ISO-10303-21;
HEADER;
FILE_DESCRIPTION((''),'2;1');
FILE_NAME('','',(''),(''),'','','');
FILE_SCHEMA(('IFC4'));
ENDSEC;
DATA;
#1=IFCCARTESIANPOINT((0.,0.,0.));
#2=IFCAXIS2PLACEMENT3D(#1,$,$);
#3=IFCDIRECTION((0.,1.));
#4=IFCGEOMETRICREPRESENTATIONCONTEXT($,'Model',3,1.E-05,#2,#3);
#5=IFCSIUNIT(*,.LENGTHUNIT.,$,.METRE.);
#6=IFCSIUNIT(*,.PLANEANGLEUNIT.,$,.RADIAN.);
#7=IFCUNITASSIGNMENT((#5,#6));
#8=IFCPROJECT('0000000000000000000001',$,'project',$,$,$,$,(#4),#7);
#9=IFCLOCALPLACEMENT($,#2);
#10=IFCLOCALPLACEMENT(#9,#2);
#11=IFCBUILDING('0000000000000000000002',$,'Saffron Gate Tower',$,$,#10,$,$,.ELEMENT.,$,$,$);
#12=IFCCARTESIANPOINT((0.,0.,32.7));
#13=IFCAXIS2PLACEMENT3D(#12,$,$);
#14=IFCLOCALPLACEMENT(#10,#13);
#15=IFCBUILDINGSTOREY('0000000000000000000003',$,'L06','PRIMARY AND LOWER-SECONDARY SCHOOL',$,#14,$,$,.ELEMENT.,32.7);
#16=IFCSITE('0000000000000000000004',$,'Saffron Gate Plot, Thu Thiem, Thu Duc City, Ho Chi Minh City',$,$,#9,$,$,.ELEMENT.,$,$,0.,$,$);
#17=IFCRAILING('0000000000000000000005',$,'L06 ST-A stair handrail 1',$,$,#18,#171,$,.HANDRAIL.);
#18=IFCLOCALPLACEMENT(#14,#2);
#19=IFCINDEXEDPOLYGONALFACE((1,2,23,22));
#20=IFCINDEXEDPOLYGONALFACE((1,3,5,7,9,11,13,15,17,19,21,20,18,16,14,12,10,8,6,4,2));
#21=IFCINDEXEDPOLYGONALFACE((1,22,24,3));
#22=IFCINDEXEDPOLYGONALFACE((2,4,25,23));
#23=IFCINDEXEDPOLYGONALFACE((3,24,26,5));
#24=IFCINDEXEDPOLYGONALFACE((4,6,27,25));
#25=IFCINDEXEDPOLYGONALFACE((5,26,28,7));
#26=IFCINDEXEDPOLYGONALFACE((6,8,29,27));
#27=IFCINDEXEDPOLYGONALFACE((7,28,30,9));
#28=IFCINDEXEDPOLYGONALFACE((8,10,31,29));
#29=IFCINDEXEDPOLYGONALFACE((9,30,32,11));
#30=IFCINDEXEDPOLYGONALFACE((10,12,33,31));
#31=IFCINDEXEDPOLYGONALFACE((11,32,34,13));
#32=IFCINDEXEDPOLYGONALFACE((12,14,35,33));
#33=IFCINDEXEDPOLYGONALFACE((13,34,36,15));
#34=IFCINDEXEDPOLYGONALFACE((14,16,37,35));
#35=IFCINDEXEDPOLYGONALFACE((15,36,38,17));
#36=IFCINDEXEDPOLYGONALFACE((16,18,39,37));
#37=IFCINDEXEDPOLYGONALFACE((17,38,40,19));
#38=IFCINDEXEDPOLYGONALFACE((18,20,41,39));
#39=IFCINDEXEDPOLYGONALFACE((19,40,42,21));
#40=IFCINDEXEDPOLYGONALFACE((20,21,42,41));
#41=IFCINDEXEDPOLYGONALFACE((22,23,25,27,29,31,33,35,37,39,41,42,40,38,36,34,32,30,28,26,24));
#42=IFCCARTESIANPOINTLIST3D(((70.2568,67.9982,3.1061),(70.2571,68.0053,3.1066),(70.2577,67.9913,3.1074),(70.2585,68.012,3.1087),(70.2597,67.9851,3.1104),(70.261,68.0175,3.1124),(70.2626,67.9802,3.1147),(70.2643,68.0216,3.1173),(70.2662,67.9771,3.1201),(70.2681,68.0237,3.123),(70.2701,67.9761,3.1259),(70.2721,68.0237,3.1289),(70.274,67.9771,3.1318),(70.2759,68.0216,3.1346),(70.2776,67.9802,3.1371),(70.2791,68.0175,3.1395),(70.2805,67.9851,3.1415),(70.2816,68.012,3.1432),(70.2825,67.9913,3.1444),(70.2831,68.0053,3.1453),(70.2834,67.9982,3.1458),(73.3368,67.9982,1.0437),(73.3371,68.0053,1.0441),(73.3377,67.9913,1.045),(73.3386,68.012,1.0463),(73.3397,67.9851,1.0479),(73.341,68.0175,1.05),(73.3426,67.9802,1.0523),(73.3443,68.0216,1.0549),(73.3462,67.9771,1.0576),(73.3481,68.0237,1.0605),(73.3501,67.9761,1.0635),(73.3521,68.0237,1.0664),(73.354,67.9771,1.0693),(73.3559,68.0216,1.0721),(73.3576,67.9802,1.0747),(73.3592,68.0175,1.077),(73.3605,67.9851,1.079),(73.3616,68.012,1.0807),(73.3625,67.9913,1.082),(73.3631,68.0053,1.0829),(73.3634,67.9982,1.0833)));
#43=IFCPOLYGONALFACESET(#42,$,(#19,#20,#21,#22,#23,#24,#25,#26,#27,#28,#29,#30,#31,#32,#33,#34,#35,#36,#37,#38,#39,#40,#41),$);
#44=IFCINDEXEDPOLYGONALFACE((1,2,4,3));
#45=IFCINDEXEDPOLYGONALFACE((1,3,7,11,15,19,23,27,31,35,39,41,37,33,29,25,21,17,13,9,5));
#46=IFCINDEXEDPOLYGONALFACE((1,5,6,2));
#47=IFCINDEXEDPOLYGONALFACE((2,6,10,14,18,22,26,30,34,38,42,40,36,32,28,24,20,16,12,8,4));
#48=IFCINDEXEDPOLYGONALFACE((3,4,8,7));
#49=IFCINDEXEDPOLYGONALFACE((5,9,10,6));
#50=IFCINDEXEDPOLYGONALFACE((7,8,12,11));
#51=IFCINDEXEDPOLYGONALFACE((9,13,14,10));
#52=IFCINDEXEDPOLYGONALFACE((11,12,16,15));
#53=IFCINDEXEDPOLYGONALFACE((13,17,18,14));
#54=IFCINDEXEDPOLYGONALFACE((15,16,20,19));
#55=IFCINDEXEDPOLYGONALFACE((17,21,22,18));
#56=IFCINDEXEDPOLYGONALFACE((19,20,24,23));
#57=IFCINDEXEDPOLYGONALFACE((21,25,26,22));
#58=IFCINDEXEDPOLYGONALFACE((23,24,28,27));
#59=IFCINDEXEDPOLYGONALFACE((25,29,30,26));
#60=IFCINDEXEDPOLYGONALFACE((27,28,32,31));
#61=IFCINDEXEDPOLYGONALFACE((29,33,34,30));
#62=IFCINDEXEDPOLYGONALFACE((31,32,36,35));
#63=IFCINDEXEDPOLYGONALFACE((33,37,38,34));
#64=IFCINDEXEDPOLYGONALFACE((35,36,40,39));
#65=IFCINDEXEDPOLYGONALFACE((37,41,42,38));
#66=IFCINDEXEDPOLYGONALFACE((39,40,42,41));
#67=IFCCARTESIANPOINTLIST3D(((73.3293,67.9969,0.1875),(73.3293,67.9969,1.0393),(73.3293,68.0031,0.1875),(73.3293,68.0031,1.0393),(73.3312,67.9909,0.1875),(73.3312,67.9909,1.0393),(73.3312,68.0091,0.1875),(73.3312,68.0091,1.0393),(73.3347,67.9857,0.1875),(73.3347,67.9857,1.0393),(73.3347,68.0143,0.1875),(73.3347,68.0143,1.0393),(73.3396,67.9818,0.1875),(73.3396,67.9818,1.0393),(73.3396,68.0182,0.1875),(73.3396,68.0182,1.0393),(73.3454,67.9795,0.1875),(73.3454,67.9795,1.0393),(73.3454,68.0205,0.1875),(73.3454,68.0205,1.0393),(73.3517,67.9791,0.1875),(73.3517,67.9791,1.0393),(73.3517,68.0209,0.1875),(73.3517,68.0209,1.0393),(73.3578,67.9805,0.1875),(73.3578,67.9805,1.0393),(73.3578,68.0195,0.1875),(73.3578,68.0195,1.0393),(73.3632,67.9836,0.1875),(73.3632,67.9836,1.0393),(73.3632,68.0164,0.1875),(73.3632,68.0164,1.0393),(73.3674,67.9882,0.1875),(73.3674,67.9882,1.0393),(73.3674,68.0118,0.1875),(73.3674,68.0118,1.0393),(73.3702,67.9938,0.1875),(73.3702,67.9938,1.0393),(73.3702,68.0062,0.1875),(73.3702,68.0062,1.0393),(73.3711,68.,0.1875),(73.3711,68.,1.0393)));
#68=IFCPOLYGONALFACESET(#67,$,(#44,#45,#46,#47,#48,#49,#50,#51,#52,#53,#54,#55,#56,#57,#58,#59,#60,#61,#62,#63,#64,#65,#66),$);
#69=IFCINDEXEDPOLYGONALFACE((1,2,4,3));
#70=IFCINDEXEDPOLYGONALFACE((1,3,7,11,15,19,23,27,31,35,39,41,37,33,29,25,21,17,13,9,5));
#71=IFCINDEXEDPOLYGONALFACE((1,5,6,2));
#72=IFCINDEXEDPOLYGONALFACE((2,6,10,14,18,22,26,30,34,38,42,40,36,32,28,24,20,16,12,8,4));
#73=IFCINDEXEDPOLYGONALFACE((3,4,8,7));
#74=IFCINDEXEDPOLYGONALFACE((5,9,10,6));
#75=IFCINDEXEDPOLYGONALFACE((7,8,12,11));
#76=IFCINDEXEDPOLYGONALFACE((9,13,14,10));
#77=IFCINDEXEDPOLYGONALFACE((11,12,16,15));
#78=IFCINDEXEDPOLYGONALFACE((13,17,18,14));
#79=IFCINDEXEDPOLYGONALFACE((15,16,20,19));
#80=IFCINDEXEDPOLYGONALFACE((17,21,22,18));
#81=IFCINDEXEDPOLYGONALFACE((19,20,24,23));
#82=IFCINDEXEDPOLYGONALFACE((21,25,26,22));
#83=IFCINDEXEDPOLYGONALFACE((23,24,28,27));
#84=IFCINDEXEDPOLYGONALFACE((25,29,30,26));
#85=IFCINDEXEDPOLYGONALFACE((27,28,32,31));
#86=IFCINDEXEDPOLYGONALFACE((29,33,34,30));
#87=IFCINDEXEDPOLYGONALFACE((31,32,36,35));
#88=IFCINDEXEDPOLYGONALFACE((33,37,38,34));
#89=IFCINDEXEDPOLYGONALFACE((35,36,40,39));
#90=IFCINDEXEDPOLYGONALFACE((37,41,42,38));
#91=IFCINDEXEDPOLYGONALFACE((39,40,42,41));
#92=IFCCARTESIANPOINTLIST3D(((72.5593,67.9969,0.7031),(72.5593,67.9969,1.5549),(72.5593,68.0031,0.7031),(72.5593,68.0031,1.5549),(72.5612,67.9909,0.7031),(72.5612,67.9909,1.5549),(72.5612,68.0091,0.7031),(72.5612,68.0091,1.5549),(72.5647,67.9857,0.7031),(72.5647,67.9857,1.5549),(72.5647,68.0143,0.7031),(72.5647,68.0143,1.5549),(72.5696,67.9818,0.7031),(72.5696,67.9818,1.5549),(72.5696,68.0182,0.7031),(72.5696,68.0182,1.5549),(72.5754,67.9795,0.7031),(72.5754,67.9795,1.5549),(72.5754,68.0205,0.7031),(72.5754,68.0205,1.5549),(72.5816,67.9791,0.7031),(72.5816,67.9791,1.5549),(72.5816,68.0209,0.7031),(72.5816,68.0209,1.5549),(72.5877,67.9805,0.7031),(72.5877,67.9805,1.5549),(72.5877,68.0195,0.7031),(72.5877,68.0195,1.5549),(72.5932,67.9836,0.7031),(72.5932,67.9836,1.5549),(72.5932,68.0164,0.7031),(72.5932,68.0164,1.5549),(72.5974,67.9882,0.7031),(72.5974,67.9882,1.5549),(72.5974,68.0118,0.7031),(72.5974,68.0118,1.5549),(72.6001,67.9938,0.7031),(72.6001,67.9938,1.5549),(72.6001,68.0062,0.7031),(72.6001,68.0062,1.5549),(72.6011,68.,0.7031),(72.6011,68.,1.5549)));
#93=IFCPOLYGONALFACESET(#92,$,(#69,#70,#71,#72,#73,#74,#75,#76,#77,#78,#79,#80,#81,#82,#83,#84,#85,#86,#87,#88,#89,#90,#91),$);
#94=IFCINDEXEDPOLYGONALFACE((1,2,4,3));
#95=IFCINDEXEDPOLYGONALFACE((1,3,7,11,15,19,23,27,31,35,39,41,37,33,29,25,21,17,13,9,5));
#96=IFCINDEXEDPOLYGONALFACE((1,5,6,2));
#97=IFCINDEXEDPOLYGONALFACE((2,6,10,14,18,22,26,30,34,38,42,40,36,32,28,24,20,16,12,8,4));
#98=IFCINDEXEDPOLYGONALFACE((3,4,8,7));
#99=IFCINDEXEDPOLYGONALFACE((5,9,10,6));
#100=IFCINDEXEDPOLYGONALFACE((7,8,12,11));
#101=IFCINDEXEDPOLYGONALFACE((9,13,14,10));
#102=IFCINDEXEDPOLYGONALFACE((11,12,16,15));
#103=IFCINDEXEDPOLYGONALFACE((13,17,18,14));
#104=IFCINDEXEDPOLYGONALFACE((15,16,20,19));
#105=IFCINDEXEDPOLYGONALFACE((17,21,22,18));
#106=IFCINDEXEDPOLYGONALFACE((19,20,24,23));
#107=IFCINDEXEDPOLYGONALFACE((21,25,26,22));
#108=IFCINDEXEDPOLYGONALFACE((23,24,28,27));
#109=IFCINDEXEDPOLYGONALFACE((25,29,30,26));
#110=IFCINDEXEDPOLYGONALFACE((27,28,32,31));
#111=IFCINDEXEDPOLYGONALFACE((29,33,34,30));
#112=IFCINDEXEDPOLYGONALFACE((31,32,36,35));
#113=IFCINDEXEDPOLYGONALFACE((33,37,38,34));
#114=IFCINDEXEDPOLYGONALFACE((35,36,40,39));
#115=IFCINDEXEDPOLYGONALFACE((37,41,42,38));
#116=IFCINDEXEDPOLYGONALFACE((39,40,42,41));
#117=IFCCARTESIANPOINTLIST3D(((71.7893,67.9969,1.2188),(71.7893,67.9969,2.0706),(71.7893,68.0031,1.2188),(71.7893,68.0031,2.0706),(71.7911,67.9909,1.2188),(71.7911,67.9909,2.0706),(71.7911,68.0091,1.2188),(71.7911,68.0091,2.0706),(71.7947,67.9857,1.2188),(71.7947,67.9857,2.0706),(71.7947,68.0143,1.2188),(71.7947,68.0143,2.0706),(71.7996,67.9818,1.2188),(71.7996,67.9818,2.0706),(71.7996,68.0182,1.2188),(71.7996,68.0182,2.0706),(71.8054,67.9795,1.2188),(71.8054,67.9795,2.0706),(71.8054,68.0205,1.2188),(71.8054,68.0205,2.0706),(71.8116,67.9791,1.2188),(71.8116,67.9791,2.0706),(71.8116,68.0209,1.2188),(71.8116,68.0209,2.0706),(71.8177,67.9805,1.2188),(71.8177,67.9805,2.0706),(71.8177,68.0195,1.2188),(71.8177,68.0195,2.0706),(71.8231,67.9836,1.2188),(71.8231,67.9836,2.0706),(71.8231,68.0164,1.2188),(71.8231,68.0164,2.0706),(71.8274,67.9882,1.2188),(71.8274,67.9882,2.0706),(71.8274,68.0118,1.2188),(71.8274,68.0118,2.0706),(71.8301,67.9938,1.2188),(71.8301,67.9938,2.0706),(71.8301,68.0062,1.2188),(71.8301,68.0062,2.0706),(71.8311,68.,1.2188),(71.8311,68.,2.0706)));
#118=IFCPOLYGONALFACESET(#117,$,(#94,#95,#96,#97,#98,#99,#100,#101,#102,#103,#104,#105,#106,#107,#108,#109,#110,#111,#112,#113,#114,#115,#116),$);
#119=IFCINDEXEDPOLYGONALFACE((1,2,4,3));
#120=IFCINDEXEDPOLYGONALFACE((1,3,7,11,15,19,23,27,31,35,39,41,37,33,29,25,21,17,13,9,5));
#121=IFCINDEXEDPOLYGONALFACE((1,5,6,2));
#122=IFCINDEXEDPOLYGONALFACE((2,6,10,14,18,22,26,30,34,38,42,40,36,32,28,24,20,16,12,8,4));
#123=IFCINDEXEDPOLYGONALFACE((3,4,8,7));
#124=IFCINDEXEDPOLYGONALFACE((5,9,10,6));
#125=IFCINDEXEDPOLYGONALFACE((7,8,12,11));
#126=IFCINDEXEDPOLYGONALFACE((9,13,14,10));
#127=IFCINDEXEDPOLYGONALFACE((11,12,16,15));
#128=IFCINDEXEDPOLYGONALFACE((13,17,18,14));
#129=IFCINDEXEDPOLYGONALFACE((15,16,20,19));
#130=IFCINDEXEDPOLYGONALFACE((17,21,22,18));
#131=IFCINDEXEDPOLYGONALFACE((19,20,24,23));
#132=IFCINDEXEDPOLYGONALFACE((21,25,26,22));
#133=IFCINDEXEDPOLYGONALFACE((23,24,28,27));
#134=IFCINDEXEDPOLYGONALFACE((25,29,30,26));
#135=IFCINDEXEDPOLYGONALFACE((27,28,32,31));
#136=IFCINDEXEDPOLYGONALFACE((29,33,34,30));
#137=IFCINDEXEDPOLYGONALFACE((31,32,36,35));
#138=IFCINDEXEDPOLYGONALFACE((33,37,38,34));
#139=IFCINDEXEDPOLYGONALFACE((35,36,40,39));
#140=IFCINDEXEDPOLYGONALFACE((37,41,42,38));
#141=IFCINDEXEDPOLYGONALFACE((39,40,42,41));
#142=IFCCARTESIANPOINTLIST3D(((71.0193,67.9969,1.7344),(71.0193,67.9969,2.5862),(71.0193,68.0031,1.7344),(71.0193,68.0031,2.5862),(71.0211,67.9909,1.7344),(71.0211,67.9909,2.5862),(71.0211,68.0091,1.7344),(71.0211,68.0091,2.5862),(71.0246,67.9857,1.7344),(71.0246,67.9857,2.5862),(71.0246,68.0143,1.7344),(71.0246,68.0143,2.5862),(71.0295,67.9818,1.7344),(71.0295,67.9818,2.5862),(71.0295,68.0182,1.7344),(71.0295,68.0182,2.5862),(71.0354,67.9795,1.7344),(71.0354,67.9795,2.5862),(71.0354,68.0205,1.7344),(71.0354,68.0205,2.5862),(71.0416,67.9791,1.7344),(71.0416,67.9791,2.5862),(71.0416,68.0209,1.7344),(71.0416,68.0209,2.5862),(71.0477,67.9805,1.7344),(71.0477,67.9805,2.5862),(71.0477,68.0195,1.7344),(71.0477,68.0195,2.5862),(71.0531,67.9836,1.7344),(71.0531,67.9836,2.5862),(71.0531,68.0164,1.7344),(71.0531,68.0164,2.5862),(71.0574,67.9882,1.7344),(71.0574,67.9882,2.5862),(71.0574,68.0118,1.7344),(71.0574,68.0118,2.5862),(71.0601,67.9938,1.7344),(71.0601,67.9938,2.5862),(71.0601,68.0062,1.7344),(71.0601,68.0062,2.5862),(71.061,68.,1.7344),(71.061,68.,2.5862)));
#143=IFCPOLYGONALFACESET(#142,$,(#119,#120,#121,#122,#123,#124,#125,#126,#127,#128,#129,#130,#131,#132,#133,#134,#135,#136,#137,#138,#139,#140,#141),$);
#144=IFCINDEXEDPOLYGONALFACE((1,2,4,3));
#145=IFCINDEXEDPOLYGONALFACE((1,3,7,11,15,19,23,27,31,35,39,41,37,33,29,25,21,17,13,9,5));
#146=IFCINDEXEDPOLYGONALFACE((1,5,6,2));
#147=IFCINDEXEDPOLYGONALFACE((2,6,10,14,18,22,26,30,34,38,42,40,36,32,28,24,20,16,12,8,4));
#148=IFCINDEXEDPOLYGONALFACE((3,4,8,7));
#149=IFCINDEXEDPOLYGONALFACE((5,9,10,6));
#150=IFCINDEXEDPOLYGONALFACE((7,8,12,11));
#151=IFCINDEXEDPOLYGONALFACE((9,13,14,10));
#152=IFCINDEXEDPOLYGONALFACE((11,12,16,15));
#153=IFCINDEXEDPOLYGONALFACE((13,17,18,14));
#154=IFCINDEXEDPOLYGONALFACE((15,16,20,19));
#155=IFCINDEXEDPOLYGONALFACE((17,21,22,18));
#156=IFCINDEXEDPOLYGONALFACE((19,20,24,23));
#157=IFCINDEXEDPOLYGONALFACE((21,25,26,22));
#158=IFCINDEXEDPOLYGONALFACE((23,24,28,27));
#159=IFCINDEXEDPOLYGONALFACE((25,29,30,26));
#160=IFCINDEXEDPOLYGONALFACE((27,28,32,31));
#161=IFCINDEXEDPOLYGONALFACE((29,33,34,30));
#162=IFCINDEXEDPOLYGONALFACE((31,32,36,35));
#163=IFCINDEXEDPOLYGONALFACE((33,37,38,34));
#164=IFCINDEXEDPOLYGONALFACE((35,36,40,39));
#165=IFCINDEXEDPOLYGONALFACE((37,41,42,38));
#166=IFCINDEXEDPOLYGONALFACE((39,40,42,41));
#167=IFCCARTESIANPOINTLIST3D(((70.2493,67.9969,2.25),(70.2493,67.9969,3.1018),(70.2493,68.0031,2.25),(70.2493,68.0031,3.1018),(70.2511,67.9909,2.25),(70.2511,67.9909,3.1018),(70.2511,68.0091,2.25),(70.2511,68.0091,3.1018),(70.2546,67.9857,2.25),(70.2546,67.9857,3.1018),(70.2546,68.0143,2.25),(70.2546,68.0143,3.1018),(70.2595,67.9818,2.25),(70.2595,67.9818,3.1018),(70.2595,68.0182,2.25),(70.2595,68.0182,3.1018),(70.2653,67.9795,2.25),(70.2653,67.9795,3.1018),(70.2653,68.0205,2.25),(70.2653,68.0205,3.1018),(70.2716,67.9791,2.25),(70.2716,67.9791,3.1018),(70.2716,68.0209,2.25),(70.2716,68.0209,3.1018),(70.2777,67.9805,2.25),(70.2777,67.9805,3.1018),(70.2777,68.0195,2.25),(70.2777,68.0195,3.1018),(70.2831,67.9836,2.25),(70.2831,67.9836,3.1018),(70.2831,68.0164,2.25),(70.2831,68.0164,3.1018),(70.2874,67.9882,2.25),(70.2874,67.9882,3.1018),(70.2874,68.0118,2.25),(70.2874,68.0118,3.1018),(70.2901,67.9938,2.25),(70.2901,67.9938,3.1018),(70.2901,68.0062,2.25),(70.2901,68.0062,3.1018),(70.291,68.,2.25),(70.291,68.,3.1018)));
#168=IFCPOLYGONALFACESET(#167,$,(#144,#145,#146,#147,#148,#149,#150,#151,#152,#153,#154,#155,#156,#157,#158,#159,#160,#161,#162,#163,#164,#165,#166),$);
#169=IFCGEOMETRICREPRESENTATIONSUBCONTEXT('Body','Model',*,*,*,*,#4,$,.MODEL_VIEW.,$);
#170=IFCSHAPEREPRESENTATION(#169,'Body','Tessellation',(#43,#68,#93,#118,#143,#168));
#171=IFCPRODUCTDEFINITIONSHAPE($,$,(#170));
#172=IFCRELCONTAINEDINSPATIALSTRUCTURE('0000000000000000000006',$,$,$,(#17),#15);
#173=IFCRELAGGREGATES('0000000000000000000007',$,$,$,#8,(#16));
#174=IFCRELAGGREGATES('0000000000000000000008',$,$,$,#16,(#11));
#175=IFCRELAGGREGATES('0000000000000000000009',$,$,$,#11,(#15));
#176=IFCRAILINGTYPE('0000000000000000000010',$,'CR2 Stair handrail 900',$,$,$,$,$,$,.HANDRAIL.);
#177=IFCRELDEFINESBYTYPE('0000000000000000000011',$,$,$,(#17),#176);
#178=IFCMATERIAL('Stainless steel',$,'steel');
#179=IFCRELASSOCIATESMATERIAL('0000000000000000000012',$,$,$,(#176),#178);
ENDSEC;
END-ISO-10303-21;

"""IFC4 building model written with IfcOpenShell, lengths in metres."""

from ifc_helpers import new_model, si_unit, direction, frame, origin, origin_2d, place, context, subcontext, project, spatial, circle, extrude, material, type_object, element, save


model = new_model("IFC4")

# Units and contexts
model_context = context("Model", 3, precision=1e-05, world=origin(), true_north=direction((0.0, 1.0)))
body_context = subcontext(model_context, "Body", "Model", "MODEL_VIEW")
ifc_project = project(units=[si_unit("LENGTHUNIT", "METRE"), si_unit("PLANEANGLEUNIT", "RADIAN")], contexts=[model_context])

# Site, building, storey
site_placement = place(None, origin())
site = spatial("IfcSite", under=ifc_project, at=site_placement, Name="Saffron Gate Plot, Thu Thiem, Thu Duc City, Ho Chi Minh City", CompositionType="ELEMENT", RefElevation=0.0)
building_placement = place(site_placement, origin())
building = spatial("IfcBuilding", under=site, at=building_placement, Name="Saffron Gate Tower", CompositionType="ELEMENT")
storey_placement = place(building_placement, frame((0.0, 0.0, 32.7)))
storey = spatial("IfcBuildingStorey", under=building, at=storey_placement, Name="L06", Description="PRIMARY AND LOWER-SECONDARY SCHOOL", CompositionType="ELEMENT", Elevation=32.7)

# Railing
ifc_material_1 = material(Name="Stainless steel", Category="steel")
railing_type = type_object("IfcRailingType", Name="CR2 Stair handrail 900", PredefinedType="HANDRAIL", material=ifc_material_1)
railing_placement = place(storey_placement, frame((73.3501, 68.0, 0.1875)))
element("IfcRailing", 1, at=railing_placement, inside=storey, type_object=railing_type, Name="L06 ST-A stair handrail 1", PredefinedType="HANDRAIL", context=body_context, shape_type="SweptSolid", body=[
    extrude(circle(Radius=0.0239, at=origin_2d()), frame((0.0, 0.0, 0.876), z_axis=(-0.830914, 0.0, 0.556401), x_axis=(0.0, -1.0, 0.0)), (0.0, 0.0, 1.0), 3.7068),
    extrude(circle(Radius=0.021, at=origin_2d()), origin(), (0.0, 0.0, 1.0), 0.8518),
    extrude(circle(Radius=0.021, at=origin_2d()), frame((-0.77, 0.0, 0.5156)), (0.0, 0.0, 1.0), 0.8518),
    extrude(circle(Radius=0.021, at=origin_2d()), frame((-1.54, 0.0, 1.0312)), (0.0, 0.0, 1.0), 0.8518),
    extrude(circle(Radius=0.021, at=origin_2d()), frame((-2.3101, 0.0, 1.5469)), (0.0, 0.0, 1.0), 0.8518),
    extrude(circle(Radius=0.021, at=origin_2d()), frame((-3.0801, 0.0, 2.0625)), (0.0, 0.0, 1.0), 0.8518),
])

save(model, "model.ifc")
